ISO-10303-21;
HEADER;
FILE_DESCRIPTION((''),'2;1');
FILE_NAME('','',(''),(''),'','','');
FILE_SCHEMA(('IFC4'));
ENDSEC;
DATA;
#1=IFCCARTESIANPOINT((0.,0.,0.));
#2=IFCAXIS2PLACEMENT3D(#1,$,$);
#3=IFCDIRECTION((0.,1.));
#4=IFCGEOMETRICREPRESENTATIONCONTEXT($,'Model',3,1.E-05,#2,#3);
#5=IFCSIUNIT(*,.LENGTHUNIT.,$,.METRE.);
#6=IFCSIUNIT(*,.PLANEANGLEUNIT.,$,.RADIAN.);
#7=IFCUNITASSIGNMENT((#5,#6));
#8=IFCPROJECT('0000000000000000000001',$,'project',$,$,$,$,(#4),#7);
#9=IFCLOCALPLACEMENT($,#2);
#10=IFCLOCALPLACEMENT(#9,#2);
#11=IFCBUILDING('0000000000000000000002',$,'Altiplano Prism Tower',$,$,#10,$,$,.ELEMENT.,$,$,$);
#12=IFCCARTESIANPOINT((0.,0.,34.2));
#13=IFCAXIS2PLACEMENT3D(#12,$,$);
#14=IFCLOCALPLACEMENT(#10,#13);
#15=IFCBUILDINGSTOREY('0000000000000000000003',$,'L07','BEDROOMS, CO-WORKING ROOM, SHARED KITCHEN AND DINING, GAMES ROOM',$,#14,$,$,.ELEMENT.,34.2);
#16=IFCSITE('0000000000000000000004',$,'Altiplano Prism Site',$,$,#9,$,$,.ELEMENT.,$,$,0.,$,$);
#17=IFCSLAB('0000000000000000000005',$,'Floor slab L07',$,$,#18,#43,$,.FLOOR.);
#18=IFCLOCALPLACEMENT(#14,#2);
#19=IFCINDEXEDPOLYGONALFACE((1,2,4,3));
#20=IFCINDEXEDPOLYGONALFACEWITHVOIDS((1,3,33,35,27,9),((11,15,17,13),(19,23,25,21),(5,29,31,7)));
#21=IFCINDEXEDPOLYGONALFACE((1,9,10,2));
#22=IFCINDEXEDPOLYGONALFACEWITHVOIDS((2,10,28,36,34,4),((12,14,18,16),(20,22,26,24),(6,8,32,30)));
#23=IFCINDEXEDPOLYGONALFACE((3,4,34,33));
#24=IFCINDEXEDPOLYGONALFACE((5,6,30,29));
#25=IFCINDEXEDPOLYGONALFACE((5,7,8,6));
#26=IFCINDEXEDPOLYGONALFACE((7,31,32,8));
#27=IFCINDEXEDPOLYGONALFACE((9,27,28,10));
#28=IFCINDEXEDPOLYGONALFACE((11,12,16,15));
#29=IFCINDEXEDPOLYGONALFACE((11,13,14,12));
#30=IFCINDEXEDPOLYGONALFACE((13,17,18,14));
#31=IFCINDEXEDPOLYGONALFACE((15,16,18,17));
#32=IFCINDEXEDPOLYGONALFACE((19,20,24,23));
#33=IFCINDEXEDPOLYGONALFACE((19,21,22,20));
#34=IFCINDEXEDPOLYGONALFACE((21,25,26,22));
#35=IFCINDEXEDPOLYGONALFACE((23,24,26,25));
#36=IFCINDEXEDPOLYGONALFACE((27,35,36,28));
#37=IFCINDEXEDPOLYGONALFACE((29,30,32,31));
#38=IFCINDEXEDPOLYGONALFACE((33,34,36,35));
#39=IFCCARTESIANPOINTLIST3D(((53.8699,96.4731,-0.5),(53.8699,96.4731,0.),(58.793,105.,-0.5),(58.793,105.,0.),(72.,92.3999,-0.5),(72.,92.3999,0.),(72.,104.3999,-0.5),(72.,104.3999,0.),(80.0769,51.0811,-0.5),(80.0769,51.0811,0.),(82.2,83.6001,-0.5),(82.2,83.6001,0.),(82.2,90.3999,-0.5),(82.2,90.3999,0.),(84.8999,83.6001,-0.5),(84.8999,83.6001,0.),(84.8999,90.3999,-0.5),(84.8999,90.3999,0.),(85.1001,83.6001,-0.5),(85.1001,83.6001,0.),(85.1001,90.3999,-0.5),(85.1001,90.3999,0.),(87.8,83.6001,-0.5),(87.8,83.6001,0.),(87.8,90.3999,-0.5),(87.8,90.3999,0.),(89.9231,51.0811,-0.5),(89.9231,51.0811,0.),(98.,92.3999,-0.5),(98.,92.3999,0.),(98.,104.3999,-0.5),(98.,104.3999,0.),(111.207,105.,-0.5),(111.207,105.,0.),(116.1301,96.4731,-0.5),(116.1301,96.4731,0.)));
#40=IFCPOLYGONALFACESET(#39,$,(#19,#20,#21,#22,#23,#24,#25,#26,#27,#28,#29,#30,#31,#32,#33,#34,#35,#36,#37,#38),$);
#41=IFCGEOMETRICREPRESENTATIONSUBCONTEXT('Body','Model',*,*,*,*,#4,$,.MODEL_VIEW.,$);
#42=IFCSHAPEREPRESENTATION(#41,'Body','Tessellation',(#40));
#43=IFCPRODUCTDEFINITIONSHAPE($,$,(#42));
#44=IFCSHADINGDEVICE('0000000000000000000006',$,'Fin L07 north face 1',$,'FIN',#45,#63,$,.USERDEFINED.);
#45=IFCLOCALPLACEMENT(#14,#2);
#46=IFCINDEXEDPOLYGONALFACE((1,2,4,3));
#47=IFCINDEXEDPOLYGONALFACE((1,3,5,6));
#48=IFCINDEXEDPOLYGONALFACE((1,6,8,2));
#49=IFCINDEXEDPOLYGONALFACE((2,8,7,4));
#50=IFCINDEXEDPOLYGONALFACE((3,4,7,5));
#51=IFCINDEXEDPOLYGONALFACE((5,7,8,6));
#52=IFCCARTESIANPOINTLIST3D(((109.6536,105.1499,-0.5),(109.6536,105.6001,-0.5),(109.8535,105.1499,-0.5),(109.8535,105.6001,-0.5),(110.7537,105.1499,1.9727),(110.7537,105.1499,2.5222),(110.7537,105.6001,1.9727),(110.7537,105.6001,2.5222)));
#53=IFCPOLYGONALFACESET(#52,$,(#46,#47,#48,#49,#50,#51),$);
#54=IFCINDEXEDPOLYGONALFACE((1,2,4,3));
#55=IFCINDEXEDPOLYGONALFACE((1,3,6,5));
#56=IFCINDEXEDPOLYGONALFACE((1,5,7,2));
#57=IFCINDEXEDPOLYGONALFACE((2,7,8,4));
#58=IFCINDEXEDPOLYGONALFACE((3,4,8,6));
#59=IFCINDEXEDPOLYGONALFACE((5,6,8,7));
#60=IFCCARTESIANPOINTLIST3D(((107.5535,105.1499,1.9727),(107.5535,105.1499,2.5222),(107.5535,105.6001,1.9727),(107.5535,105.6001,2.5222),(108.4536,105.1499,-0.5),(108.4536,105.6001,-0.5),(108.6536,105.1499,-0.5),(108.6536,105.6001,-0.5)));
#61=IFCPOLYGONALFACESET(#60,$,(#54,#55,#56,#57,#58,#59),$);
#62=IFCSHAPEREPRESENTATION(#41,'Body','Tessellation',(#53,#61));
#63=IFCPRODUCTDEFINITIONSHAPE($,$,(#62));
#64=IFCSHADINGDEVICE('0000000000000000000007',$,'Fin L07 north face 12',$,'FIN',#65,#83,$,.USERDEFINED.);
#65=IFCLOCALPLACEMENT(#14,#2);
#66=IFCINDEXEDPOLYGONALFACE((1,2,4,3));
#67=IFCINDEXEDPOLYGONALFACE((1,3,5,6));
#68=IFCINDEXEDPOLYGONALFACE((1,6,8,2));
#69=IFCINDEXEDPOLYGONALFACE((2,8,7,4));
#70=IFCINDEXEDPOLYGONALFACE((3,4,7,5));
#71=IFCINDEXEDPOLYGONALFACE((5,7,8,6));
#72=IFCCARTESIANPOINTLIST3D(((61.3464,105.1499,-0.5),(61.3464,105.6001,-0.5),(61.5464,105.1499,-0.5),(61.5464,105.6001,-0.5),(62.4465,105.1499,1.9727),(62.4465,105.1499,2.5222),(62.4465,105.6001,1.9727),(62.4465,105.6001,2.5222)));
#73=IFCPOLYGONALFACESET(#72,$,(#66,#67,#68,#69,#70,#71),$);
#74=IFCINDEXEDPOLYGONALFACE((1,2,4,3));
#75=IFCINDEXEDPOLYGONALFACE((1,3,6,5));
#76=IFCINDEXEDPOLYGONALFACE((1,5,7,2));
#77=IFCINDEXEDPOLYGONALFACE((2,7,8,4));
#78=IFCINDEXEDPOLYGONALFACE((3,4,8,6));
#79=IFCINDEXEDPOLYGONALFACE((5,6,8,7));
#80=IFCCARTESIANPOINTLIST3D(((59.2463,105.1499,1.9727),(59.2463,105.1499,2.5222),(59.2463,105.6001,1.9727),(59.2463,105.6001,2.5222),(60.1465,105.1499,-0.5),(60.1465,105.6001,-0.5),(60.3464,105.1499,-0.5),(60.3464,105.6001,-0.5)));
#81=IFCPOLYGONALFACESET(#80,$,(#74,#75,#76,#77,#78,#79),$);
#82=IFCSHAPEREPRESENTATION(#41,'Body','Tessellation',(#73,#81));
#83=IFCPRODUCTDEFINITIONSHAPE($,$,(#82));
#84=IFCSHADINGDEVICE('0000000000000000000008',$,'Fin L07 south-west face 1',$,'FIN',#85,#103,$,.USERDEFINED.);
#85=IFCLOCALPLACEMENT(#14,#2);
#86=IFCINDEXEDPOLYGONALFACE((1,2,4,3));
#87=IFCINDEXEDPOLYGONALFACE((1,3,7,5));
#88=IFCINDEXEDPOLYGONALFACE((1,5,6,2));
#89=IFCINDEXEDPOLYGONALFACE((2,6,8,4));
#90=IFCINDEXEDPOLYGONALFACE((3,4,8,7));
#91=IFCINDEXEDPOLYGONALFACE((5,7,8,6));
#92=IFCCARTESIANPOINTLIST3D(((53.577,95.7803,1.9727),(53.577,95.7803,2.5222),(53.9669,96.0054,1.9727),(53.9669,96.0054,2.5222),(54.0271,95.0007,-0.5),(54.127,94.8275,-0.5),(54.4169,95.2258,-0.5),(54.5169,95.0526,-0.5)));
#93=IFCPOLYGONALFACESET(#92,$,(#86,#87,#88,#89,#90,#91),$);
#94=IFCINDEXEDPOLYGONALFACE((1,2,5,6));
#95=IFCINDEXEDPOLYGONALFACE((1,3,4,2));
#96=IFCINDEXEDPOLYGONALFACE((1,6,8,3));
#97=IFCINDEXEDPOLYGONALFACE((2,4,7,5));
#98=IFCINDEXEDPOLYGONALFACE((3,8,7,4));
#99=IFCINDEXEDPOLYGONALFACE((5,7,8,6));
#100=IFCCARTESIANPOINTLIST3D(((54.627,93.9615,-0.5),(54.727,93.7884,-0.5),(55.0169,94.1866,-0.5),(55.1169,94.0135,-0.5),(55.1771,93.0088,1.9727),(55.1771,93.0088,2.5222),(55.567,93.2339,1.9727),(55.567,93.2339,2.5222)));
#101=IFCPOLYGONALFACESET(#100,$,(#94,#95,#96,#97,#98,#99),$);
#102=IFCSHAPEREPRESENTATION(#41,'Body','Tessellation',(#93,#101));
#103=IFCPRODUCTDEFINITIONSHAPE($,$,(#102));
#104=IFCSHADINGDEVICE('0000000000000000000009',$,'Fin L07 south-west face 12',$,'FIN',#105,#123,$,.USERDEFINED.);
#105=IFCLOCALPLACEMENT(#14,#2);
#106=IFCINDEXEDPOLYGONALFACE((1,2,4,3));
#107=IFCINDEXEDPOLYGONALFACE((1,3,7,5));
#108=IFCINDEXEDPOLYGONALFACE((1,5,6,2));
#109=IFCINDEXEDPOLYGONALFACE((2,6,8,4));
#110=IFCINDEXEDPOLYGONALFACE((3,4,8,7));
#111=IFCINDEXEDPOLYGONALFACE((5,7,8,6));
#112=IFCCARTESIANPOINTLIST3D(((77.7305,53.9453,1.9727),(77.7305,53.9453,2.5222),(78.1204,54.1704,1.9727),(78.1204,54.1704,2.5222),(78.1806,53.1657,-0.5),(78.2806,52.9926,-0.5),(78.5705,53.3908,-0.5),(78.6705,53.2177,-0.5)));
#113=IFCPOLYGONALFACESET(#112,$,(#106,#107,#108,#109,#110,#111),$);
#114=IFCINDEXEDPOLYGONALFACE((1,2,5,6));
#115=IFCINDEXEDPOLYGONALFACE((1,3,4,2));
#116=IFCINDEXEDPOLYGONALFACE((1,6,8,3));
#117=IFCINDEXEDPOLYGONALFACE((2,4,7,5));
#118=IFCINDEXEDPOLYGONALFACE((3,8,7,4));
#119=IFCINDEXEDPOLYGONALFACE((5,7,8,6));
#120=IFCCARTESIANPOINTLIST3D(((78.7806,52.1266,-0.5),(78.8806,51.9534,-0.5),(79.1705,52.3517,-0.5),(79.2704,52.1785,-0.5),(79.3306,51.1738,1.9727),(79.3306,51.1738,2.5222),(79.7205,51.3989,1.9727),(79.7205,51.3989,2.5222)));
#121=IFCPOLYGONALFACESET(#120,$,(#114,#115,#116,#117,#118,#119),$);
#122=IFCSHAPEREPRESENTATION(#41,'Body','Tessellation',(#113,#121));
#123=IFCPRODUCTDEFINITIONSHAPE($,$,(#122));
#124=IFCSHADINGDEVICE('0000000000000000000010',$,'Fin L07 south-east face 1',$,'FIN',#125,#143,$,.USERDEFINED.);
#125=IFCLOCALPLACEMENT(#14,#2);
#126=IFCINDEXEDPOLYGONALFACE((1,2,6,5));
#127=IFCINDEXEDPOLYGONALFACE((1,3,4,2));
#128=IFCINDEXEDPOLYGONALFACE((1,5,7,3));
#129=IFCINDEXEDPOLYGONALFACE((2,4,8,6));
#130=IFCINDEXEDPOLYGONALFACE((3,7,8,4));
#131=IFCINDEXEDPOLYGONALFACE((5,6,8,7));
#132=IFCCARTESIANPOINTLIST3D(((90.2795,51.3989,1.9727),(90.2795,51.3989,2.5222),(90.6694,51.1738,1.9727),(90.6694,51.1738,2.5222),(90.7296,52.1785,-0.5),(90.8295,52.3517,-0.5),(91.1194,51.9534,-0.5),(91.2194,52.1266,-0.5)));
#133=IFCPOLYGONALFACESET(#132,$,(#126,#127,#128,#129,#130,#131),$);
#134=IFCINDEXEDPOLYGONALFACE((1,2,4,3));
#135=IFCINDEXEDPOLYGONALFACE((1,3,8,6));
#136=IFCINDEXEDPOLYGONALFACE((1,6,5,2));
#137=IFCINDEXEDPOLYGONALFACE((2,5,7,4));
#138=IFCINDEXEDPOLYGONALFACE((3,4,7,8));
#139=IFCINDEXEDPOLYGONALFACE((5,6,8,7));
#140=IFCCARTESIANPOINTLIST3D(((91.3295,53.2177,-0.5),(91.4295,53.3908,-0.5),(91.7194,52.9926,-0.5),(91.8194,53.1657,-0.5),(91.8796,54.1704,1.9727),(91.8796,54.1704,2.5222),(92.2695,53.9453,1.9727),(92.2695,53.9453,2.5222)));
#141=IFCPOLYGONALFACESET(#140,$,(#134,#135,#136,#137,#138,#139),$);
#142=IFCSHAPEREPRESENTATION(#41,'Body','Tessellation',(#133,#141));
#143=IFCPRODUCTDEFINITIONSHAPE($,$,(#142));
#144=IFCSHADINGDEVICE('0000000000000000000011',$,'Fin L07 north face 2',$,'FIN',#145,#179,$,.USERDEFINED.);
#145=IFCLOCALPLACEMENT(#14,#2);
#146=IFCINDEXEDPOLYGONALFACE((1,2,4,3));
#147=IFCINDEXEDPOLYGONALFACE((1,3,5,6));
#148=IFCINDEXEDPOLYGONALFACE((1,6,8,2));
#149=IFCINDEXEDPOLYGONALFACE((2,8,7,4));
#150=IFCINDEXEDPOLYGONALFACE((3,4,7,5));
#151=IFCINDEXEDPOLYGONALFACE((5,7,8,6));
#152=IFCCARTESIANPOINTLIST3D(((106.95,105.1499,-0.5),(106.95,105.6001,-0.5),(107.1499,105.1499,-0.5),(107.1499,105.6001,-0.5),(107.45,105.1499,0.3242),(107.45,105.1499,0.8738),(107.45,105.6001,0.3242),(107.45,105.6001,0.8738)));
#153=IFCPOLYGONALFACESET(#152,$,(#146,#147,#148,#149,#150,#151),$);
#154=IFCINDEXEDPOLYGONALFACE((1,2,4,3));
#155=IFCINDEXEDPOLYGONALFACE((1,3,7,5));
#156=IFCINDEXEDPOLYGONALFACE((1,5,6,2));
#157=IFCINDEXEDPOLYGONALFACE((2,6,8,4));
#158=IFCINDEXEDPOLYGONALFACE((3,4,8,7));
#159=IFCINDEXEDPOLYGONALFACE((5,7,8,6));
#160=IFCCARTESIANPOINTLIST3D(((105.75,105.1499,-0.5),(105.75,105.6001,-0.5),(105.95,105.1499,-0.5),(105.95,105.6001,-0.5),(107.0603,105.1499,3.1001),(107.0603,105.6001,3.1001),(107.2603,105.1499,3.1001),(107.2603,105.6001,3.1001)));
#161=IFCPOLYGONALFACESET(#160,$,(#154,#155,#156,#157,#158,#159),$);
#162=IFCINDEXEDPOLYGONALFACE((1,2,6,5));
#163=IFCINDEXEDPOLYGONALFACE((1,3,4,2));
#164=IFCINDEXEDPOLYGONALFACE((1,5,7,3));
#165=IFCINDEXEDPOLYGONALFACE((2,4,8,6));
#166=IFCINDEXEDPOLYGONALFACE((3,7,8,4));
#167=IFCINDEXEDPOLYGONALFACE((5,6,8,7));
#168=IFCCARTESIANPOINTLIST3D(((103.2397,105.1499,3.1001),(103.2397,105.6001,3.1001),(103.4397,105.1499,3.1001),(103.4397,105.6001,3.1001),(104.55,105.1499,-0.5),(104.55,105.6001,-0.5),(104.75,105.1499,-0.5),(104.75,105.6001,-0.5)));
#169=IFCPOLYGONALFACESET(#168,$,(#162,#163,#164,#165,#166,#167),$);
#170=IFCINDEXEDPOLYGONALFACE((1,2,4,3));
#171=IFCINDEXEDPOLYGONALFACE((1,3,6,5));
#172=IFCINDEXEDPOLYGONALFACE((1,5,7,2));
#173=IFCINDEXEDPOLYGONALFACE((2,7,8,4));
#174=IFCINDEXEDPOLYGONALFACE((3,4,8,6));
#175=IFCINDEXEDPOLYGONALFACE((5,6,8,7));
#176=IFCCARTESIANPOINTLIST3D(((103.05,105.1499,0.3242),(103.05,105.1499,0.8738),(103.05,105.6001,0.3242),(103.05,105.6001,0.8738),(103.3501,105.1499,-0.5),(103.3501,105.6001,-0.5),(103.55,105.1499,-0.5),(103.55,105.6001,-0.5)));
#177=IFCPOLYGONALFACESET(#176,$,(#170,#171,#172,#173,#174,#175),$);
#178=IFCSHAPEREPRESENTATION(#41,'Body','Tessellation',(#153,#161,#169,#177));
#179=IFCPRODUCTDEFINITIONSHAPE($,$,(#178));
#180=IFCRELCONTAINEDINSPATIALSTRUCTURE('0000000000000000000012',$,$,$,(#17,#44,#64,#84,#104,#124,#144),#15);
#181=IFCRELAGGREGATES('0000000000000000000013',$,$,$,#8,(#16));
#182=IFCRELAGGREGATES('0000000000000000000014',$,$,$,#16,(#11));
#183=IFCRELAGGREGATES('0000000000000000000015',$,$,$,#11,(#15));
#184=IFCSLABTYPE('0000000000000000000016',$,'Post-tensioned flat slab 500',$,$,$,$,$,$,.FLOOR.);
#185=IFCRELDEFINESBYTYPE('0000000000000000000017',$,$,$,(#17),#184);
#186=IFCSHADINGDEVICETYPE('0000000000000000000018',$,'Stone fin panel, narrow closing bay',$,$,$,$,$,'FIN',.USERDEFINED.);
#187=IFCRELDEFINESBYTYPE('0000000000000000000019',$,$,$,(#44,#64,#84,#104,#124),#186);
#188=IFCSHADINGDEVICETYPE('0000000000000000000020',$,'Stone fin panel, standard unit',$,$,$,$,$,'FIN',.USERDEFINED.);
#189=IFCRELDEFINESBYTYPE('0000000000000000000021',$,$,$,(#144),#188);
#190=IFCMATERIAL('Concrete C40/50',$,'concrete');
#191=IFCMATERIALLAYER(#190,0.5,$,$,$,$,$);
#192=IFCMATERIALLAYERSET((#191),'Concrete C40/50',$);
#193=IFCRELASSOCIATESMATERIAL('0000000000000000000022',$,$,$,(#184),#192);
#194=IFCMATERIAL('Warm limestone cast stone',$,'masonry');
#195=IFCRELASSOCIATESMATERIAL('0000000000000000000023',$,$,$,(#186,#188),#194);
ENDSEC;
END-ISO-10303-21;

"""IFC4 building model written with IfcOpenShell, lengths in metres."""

from ifc_helpers import new_model, si_unit, direction, frame, origin, place, context, subcontext, project, spatial, polyline, outline, extrude, source, transform, mapped, material, layer, layer_set, type_object, element, save


model = new_model("IFC4")

# Units and contexts
model_context = context("Model", 3, precision=1e-05, world=origin(), true_north=direction((0.0, 1.0)))
body_context = subcontext(model_context, "Body", "Model", "MODEL_VIEW")
ifc_project = project(units=[si_unit("LENGTHUNIT", "METRE"), si_unit("PLANEANGLEUNIT", "RADIAN")], contexts=[model_context])

# Site, building, storey
site_placement = place(None, origin())
site = spatial("IfcSite", under=ifc_project, at=site_placement, Name="Altiplano Prism Site", CompositionType="ELEMENT", RefElevation=0.0)
building_placement = place(site_placement, origin())
building = spatial("IfcBuilding", under=site, at=building_placement, Name="Altiplano Prism Tower", CompositionType="ELEMENT")
storey_placement = place(building_placement, frame((0.0, 0.0, 34.2)))
storey = spatial("IfcBuildingStorey", under=building, at=storey_placement, Name="L07", Description="BEDROOMS, CO-WORKING ROOM, SHARED KITCHEN AND DINING, GAMES ROOM", CompositionType="ELEMENT", Elevation=34.2)

# Slab
ifc_material_1 = material(Name="Concrete C40/50", Category="concrete")
ifc_layer = layer(ifc_material_1, 0.5)
ifc_layer_set = layer_set([ifc_layer], Name="Concrete C40/50")
slab_type = type_object("IfcSlabType", Name="Post-tensioned flat slab 500", PredefinedType="FLOOR", material=ifc_layer_set)
slab_placement = place(storey_placement, frame((0.0, 0.0, -0.5)))
element("IfcSlab", 1, at=slab_placement, inside=storey, type_object=slab_type, Name="Floor slab L07", PredefinedType="FLOOR", context=body_context, shape_type="SweptSolid", body=[
    extrude(outline(polyline([(80.0769, 51.0811), (53.8699, 96.4731), (58.793, 105.0), (111.207, 105.0), (116.1301, 96.4731), (89.9231, 51.0811), (80.0769, 51.0811)]), holes=[polyline([(72.0, 104.3999), (72.0, 92.3999), (98.0, 92.3999), (98.0, 104.3999), (72.0, 104.3999)]), polyline([(84.8999, 90.3999), (82.2, 90.3999), (82.2, 83.6001), (84.8999, 83.6001), (84.8999, 90.3999)]), polyline([(87.8, 83.6001), (87.8, 90.3999), (85.1001, 90.3999), (85.1001, 83.6001), (87.8, 83.6001)])]), origin(), (0.0, 0.0, 1.0), 0.5),
])

# Shading devices
ifc_material_2 = material(Name="Warm limestone cast stone", Category="masonry")
shading_device_type_1 = type_object("IfcShadingDeviceType", Name="Stone fin panel, narrow closing bay", ElementType="FIN", PredefinedType="USERDEFINED", material=ifc_material_2)
shared_shape_1 = source(origin(), body_context, "Body", "SweptSolid", [
    extrude(outline(polyline([(-1.6001, 3.0222), (-1.6001, 2.4727), (-0.7, 0.0), (-0.5, 0.0), (-1.6001, 3.0222)])), frame((0.0, -0.1499, 0.0), z_axis=(0.0, -1.0, 0.0), x_axis=(1.0, 0.0, 0.0)), (0.0, 0.0, 1.0), 0.4502),
    extrude(outline(polyline([(1.6001, 2.4727), (1.6001, 3.0222), (0.5, 0.0), (0.7, 0.0), (1.6001, 2.4727)])), frame((0.0, -0.1499, 0.0), z_axis=(0.0, -1.0, 0.0), x_axis=(1.0, 0.0, 0.0)), (0.0, 0.0, 1.0), 0.4502),
])
shading_device_1_placement = place(storey_placement, origin())
element("IfcShadingDevice", 2, at=shading_device_1_placement, inside=storey, type_object=shading_device_type_1, Name="Fin L07 north face 1", ObjectType="FIN", PredefinedType="USERDEFINED", context=body_context, shape_type="MappedRepresentation", body=[
    mapped(shared_shape_1, transform((109.1536, 105.0, -0.5), x_axis=(-1.0, 0.0, 0.0), y_axis=(0.0, -1.0, 0.0), z_axis=(0.0, 0.0, 1.0))),
])
shading_device_2_placement = place(storey_placement, origin())
element("IfcShadingDevice", 3, at=shading_device_2_placement, inside=storey, type_object=shading_device_type_1, Name="Fin L07 north face 12", ObjectType="FIN", PredefinedType="USERDEFINED", context=body_context, shape_type="MappedRepresentation", body=[
    mapped(shared_shape_1, transform((60.8464, 105.0, -0.5), x_axis=(-1.0, 0.0, 0.0), y_axis=(0.0, -1.0, 0.0), z_axis=(0.0, 0.0, 1.0))),
])
shading_device_3_placement = place(storey_placement, origin())
element("IfcShadingDevice", 4, at=shading_device_3_placement, inside=storey, type_object=shading_device_type_1, Name="Fin L07 south-west face 1", ObjectType="FIN", PredefinedType="USERDEFINED", context=body_context, shape_type="MappedRepresentation", body=[
    mapped(shared_shape_1, transform((54.8967, 94.6946, -0.5), x_axis=(0.5, -0.866025, 0.0), y_axis=(0.866025, 0.5, 0.0), z_axis=(0.0, 0.0, 1.0))),
])
shading_device_4_placement = place(storey_placement, origin())
element("IfcShadingDevice", 5, at=shading_device_4_placement, inside=storey, type_object=shading_device_type_1, Name="Fin L07 south-west face 12", ObjectType="FIN", PredefinedType="USERDEFINED", context=body_context, shape_type="MappedRepresentation", body=[
    mapped(shared_shape_1, transform((79.0503, 52.8596, -0.5), x_axis=(0.5, -0.866025, 0.0), y_axis=(0.866025, 0.5, 0.0), z_axis=(0.0, 0.0, 1.0))),
])
shading_device_5_placement = place(storey_placement, origin())
element("IfcShadingDevice", 6, at=shading_device_5_placement, inside=storey, type_object=shading_device_type_1, Name="Fin L07 south-east face 1", ObjectType="FIN", PredefinedType="USERDEFINED", context=body_context, shape_type="MappedRepresentation", body=[
    mapped(shared_shape_1, transform((90.9497, 52.8596, -0.5), x_axis=(0.5, 0.866025, 0.0), y_axis=(-0.866025, 0.5, 0.0), z_axis=(0.0, 0.0, 1.0))),
])
shading_device_type_2 = type_object("IfcShadingDeviceType", Name="Stone fin panel, standard unit", ElementType="FIN", PredefinedType="USERDEFINED", material=ifc_material_2)
shared_shape_2 = source(origin(), body_context, "Body", "SweptSolid", [
    extrude(outline(polyline([(-2.2, 1.3738), (-2.2, 0.8242), (-1.8999, 0.0), (-1.7, 0.0), (-2.2, 1.3738)])), frame((0.0, -0.1499, 0.0), z_axis=(0.0, -1.0, 0.0), x_axis=(1.0, 0.0, 0.0)), (0.0, 0.0, 1.0), 0.4502),
    extrude(outline(polyline([(-2.0103, 3.6001), (-0.7, 0.0), (-0.5, 0.0), (-1.8103, 3.6001), (-2.0103, 3.6001)])), frame((0.0, -0.1499, 0.0), z_axis=(0.0, -1.0, 0.0), x_axis=(1.0, 0.0, 0.0)), (0.0, 0.0, 1.0), 0.4502),
    extrude(outline(polyline([(1.8103, 3.6001), (0.5, 0.0), (0.7, 0.0), (2.0103, 3.6001), (1.8103, 3.6001)])), frame((0.0, -0.1499, 0.0), z_axis=(0.0, -1.0, 0.0), x_axis=(1.0, 0.0, 0.0)), (0.0, 0.0, 1.0), 0.4502),
    extrude(outline(polyline([(2.2, 0.8242), (2.2, 1.3738), (1.7, 0.0), (1.8999, 0.0), (2.2, 0.8242)])), frame((0.0, -0.1499, 0.0), z_axis=(0.0, -1.0, 0.0), x_axis=(1.0, 0.0, 0.0)), (0.0, 0.0, 1.0), 0.4502),
])
shading_device_6_placement = place(storey_placement, origin())
element("IfcShadingDevice", 7, at=shading_device_6_placement, inside=storey, type_object=shading_device_type_2, Name="Fin L07 north face 2", ObjectType="FIN", PredefinedType="USERDEFINED", context=body_context, shape_type="MappedRepresentation", body=[
    mapped(shared_shape_2, transform((105.25, 105.0, -0.5), x_axis=(-1.0, 0.0, 0.0), y_axis=(0.0, -1.0, 0.0), z_axis=(0.0, 0.0, 1.0))),
])

save(model, "model.ifc")
